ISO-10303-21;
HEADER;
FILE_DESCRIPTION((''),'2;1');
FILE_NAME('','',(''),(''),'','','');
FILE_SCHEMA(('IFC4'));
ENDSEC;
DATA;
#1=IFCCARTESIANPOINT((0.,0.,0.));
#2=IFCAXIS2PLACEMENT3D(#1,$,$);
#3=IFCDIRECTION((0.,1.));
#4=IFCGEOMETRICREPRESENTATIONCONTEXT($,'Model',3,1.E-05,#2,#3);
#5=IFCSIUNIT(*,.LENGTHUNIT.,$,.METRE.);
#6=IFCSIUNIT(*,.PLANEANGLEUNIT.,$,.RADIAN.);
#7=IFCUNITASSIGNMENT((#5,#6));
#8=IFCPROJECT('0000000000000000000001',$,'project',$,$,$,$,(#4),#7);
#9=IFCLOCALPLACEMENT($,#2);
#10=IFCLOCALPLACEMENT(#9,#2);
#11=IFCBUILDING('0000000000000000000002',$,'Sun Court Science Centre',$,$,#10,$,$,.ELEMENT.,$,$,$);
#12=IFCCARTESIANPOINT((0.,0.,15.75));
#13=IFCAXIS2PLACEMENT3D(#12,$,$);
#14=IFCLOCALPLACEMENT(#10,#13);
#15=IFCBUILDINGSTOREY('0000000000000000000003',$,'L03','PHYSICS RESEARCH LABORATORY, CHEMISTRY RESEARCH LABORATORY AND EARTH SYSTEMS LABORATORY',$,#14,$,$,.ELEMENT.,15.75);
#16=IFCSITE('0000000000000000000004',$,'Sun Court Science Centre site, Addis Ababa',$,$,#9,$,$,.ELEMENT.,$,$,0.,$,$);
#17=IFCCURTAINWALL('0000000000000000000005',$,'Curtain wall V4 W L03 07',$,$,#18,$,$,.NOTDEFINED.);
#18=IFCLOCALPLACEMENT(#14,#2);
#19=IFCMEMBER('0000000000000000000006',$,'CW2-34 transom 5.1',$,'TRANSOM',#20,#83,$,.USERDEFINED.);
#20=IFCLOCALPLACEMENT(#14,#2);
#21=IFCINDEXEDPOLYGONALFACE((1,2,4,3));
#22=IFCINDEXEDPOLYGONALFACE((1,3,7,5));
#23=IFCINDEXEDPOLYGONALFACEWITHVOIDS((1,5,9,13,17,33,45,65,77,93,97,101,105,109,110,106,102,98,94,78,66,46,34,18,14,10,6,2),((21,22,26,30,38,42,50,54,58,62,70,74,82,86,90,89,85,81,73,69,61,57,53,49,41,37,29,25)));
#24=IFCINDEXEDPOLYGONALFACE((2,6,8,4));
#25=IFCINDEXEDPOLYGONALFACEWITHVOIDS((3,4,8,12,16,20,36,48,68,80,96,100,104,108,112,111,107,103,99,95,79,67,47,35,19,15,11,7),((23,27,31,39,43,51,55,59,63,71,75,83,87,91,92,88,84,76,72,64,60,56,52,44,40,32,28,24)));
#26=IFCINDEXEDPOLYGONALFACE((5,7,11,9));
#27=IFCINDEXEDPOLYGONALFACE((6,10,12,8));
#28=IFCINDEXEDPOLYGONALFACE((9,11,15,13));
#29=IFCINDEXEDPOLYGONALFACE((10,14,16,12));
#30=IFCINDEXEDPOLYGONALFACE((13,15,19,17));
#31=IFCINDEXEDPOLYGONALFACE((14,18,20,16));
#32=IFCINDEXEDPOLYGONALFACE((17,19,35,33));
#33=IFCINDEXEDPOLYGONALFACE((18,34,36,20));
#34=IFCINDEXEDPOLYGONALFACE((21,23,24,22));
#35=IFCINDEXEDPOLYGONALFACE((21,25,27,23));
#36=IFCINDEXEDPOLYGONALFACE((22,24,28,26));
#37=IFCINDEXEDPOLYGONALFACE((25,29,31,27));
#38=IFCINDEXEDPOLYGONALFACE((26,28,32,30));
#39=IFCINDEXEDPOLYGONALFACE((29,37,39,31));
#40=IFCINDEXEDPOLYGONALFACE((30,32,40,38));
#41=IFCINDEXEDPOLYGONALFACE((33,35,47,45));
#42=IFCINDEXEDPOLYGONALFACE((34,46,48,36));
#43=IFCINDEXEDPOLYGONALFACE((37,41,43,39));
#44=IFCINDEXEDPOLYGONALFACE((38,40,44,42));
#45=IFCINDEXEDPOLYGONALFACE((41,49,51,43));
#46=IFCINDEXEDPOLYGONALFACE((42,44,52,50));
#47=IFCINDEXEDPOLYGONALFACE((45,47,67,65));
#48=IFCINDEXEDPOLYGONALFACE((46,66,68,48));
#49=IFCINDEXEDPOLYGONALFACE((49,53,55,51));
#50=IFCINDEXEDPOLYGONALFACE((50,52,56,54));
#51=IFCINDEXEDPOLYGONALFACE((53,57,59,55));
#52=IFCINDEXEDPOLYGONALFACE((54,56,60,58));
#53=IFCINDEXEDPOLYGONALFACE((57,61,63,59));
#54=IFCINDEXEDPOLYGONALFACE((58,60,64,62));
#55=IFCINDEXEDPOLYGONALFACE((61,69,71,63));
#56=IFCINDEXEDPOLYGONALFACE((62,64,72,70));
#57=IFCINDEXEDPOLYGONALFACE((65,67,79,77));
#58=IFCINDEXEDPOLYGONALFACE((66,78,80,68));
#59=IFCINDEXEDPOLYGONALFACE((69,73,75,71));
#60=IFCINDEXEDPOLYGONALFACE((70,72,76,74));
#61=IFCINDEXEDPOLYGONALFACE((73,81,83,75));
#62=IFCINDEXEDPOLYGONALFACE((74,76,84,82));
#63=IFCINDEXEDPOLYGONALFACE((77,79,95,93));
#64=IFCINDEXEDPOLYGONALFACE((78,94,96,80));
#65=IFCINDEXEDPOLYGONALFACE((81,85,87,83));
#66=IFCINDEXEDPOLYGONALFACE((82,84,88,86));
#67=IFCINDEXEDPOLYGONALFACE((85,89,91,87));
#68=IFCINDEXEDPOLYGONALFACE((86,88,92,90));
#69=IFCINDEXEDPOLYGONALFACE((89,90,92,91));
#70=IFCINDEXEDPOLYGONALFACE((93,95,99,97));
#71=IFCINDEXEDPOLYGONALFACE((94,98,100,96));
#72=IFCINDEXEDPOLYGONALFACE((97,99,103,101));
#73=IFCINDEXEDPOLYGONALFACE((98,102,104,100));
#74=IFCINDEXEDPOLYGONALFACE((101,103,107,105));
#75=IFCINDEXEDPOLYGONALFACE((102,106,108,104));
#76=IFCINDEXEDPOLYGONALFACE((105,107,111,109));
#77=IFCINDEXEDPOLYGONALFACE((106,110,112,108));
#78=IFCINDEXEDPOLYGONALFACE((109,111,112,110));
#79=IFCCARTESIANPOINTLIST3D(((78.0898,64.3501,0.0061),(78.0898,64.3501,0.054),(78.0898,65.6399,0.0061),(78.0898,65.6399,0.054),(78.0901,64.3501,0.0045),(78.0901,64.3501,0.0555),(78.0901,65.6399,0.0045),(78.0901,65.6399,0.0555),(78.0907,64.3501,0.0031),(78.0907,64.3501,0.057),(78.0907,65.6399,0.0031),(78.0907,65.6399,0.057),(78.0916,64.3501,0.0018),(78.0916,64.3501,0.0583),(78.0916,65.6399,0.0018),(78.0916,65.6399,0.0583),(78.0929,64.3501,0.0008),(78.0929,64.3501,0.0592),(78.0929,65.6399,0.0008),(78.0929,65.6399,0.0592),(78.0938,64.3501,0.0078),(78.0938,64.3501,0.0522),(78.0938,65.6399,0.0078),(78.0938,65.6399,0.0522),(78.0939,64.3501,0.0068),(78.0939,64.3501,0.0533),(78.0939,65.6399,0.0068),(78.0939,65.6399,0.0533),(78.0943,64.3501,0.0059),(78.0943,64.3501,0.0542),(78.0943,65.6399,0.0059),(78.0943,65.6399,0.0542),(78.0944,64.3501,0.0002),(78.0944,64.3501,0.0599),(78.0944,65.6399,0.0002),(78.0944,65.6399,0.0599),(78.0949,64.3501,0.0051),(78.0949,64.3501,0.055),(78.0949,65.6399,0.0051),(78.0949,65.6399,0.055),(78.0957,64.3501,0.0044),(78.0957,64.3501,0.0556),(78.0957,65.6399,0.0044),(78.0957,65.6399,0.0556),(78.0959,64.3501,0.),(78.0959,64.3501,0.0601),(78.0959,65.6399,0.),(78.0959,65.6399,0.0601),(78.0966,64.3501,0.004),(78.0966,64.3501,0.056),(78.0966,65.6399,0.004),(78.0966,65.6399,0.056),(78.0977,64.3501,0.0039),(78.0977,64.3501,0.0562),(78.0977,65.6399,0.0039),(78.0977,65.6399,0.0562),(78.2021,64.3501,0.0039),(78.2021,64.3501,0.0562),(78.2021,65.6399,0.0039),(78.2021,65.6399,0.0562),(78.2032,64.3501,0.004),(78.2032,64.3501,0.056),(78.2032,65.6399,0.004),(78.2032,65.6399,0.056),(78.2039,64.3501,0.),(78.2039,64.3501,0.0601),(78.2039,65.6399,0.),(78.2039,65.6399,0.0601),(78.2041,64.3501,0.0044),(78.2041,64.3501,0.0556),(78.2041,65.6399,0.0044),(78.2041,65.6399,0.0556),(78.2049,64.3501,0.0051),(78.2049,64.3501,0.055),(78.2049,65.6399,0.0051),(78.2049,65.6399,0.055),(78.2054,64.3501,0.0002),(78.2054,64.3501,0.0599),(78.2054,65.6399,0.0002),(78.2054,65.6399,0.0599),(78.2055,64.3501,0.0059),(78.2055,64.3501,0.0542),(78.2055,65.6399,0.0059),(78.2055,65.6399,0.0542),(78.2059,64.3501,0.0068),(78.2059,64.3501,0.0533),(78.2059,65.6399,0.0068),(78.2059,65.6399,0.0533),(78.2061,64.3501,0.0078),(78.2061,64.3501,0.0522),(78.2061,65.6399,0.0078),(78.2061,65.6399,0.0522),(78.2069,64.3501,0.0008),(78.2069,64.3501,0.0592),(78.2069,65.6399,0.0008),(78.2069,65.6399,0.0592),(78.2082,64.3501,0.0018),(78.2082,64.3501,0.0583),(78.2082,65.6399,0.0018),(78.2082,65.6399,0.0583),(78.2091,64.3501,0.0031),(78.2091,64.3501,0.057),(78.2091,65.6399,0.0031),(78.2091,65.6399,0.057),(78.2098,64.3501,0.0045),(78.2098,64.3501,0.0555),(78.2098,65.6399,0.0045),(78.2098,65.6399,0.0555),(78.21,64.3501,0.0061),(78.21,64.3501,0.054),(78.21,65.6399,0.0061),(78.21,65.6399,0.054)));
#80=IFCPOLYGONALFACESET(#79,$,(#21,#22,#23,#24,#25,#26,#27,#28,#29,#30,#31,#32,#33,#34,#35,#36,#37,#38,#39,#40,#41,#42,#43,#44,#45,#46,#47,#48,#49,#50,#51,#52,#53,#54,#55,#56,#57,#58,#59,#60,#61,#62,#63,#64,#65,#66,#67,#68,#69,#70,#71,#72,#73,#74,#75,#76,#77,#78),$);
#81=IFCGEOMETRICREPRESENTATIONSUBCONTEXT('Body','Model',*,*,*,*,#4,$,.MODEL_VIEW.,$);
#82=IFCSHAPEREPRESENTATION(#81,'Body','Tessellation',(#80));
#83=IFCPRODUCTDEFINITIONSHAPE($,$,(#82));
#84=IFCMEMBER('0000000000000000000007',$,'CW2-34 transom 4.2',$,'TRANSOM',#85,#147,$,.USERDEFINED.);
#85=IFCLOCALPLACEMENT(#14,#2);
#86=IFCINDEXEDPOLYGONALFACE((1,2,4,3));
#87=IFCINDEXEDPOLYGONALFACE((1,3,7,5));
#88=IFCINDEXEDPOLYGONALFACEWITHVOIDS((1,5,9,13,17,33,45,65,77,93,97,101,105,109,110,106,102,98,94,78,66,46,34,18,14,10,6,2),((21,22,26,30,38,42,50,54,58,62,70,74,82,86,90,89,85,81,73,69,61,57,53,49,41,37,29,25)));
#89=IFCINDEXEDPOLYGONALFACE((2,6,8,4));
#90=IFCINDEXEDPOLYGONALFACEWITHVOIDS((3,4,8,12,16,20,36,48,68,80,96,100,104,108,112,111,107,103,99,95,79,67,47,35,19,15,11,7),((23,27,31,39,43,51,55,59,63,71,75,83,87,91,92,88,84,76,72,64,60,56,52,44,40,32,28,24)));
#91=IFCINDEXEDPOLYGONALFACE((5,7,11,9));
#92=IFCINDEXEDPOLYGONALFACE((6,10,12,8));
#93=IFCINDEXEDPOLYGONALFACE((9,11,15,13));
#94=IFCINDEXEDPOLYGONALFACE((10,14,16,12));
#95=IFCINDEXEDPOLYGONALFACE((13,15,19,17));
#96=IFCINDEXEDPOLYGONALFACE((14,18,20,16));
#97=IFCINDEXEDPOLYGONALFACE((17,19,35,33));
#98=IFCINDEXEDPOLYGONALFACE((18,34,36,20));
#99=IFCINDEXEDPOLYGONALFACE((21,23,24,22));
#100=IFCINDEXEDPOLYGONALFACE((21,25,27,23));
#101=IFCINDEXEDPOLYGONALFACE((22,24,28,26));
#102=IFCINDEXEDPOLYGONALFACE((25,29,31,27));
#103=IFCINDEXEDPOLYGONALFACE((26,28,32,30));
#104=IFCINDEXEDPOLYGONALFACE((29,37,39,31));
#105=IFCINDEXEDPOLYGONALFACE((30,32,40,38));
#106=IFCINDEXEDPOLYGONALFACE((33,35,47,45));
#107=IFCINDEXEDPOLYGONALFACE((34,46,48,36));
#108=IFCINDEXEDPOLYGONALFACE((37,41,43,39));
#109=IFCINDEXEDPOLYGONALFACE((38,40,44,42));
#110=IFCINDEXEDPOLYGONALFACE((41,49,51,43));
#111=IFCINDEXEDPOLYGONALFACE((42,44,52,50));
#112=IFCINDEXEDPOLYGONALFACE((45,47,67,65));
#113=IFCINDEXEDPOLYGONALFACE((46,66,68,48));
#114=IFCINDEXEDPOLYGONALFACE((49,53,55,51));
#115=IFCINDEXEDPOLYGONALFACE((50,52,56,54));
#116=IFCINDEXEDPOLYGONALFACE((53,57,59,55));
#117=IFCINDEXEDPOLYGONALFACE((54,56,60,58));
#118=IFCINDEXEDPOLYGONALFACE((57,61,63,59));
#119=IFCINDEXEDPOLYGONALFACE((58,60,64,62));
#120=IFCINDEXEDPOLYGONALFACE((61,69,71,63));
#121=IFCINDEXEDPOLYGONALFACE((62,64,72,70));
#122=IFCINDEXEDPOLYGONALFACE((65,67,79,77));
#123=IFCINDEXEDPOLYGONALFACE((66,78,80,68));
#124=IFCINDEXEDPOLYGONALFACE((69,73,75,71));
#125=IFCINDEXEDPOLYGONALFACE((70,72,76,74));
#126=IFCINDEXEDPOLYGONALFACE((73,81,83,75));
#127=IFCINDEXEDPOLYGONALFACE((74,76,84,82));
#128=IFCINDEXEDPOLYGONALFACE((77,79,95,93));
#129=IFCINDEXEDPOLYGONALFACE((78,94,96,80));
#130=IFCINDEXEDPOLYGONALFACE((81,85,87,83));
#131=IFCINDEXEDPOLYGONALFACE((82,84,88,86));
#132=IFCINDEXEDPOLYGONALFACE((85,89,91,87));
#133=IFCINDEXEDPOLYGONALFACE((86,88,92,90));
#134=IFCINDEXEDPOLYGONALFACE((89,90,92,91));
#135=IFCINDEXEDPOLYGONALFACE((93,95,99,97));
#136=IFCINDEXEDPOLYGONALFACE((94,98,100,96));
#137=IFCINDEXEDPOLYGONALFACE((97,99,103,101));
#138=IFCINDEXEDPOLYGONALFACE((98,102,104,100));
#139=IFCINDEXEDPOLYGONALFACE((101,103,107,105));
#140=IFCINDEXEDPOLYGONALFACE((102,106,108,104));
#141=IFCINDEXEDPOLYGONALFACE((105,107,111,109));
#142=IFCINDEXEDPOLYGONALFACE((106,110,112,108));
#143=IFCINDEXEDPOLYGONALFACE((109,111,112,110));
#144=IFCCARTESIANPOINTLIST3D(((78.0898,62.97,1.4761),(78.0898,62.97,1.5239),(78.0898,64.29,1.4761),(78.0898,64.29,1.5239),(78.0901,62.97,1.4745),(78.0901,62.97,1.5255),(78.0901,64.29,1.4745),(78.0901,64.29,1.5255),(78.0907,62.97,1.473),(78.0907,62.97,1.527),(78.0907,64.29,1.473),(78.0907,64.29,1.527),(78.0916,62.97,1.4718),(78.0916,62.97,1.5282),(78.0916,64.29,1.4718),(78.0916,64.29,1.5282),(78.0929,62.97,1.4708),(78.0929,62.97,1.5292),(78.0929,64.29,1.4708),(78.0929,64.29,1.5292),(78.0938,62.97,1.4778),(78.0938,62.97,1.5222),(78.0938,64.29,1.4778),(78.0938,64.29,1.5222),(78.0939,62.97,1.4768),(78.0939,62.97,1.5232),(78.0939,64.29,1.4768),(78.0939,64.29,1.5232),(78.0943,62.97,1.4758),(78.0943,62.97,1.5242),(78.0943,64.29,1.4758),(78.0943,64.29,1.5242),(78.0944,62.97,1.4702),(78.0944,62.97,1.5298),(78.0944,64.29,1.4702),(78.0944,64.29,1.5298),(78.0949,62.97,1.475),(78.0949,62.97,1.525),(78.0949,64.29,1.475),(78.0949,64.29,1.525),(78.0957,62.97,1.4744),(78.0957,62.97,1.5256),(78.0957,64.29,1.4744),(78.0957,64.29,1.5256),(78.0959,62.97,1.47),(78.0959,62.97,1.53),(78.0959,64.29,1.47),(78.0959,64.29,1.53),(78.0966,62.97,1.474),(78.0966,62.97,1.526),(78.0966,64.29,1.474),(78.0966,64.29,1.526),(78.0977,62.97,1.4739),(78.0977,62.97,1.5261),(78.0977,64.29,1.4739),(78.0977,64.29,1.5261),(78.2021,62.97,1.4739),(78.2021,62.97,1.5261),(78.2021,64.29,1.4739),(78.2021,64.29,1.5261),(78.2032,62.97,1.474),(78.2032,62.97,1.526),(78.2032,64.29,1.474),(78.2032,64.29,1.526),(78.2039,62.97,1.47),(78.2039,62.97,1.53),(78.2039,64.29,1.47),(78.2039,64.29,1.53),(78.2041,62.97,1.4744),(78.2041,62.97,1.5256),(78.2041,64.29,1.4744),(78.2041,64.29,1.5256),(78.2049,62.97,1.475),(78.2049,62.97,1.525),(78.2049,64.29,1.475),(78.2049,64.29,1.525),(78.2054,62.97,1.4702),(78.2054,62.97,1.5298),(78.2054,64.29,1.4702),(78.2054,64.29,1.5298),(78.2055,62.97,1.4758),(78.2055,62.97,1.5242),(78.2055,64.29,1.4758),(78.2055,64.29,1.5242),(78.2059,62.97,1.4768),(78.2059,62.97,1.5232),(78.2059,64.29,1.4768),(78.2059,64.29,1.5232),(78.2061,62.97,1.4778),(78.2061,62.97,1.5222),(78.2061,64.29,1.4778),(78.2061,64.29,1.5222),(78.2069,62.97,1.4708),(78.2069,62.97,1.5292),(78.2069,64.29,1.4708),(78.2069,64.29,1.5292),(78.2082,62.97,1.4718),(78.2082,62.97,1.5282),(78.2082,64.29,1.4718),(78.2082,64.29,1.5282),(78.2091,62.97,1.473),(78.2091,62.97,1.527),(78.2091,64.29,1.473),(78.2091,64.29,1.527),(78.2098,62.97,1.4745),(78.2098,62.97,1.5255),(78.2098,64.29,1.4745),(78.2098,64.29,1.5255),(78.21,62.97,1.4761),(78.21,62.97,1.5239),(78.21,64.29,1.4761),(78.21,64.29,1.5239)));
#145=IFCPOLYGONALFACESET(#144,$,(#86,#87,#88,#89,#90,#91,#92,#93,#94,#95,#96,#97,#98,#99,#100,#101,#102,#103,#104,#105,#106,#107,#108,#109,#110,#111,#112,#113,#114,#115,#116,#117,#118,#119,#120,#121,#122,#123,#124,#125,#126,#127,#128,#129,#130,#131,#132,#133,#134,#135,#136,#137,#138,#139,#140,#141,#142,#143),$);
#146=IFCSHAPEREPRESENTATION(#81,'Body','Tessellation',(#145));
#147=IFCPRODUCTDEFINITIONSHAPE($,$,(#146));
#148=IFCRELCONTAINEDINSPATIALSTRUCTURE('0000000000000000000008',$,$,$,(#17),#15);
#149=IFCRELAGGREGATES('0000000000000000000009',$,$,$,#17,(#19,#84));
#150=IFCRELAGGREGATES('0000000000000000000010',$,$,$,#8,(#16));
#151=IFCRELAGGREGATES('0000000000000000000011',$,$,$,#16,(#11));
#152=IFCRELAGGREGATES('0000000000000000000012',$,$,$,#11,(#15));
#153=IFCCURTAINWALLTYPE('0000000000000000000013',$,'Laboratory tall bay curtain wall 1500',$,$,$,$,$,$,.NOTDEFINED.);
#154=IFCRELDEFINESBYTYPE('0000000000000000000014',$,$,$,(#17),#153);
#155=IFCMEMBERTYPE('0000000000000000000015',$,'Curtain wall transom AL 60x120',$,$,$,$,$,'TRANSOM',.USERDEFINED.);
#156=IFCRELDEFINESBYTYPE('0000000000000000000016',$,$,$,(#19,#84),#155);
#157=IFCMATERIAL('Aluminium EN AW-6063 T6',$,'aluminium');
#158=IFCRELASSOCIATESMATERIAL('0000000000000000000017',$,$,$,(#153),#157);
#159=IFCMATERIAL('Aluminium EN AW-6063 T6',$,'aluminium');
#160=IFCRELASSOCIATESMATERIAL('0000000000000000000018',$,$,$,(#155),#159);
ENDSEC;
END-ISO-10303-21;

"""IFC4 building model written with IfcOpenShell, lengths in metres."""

from ifc_helpers import new_model, si_unit, direction, frame, origin, origin_2d, place, context, subcontext, project, spatial, hollow_rectangle, extrude, material, material_profile, profile_set, type_object, element, aggregate, save


model = new_model("IFC4")

# Units and contexts
model_context = context("Model", 3, precision=1e-05, world=origin(), true_north=direction((0.0, 1.0)))
body_context = subcontext(model_context, "Body", "Model", "MODEL_VIEW")
ifc_project = project(units=[si_unit("LENGTHUNIT", "METRE"), si_unit("PLANEANGLEUNIT", "RADIAN")], contexts=[model_context])

# Site, building, storey
site_placement = place(None, origin())
site = spatial("IfcSite", under=ifc_project, at=site_placement, Name="Sun Court Science Centre site, Addis Ababa", CompositionType="ELEMENT", RefElevation=0.0)
building_placement = place(site_placement, origin())
building = spatial("IfcBuilding", under=site, at=building_placement, Name="Sun Court Science Centre", CompositionType="ELEMENT")
storey_placement = place(building_placement, frame((0.0, 0.0, 15.75)))
storey = spatial("IfcBuildingStorey", under=building, at=storey_placement, Name="L03", Description="PHYSICS RESEARCH LABORATORY, CHEMISTRY RESEARCH LABORATORY AND EARTH SYSTEMS LABORATORY", CompositionType="ELEMENT", Elevation=15.75)

# Curtain wall
ifc_material_1 = material(Name="Aluminium EN AW-6063 T6", Category="aluminium")
curtain_wall_type = type_object("IfcCurtainWallType", Name="Laboratory tall bay curtain wall 1500", PredefinedType="NOTDEFINED", material=ifc_material_1)
curtain_wall_1_placement = place(storey_placement, origin())
curtain_wall_1 = element("IfcCurtainWall", 1, at=curtain_wall_1_placement, inside=storey, type_object=curtain_wall_type, Name="Curtain wall V4 W L03 07", PredefinedType="NOTDEFINED")

# Members
ifc_material_2 = material(Name="Aluminium EN AW-6063 T6", Category="aluminium")
ifc_material_profile_1 = material_profile(ifc_material_2, hollow_rectangle(XDim=0.0601, YDim=0.1201, WallThickness=0.0039, InnerFilletRadius=0.0039, OuterFilletRadius=0.0061, at=origin_2d()), Name="AL 60x120x4")
ifc_profile_set_1 = profile_set([ifc_material_profile_1], Name="Aluminium EN AW-6063 T6")
member_type_1 = type_object("IfcMemberType", Name="Curtain wall transom AL 60x120", ElementType="TRANSOM", PredefinedType="USERDEFINED", material=ifc_profile_set_1)
member_1_placement = place(storey_placement, frame((78.1499, 64.3501, 0.03), z_axis=(0.0, 1.0, 0.0), x_axis=(0.0, 0.0, 1.0)))
member_1 = element("IfcMember", 2, at=member_1_placement, type_object=member_type_1, Name="CW2-34 transom 5.1", ObjectType="TRANSOM", PredefinedType="USERDEFINED", context=body_context, shape_type="SweptSolid", body=[
    extrude(hollow_rectangle(XDim=0.0601, YDim=0.1201, WallThickness=0.0039, InnerFilletRadius=0.0039, OuterFilletRadius=0.0061, at=origin_2d()), origin(), (0.0, 0.0, 1.0), 1.2898),
])
member_2_placement = place(storey_placement, frame((78.1499, 62.97, 1.5), z_axis=(0.0, 1.0, 0.0), x_axis=(0.0, 0.0, 1.0)))
member_2 = element("IfcMember", 3, at=member_2_placement, type_object=member_type_1, Name="CW2-34 transom 4.2", ObjectType="TRANSOM", PredefinedType="USERDEFINED", context=body_context, shape_type="SweptSolid", body=[
    extrude(hollow_rectangle(XDim=0.0601, YDim=0.1201, WallThickness=0.0039, InnerFilletRadius=0.0039, OuterFilletRadius=0.0061, at=origin_2d()), origin(), (0.0, 0.0, 1.0), 1.3201),
])

aggregate(curtain_wall_1, [member_1, member_2])

save(model, "model.ifc")
